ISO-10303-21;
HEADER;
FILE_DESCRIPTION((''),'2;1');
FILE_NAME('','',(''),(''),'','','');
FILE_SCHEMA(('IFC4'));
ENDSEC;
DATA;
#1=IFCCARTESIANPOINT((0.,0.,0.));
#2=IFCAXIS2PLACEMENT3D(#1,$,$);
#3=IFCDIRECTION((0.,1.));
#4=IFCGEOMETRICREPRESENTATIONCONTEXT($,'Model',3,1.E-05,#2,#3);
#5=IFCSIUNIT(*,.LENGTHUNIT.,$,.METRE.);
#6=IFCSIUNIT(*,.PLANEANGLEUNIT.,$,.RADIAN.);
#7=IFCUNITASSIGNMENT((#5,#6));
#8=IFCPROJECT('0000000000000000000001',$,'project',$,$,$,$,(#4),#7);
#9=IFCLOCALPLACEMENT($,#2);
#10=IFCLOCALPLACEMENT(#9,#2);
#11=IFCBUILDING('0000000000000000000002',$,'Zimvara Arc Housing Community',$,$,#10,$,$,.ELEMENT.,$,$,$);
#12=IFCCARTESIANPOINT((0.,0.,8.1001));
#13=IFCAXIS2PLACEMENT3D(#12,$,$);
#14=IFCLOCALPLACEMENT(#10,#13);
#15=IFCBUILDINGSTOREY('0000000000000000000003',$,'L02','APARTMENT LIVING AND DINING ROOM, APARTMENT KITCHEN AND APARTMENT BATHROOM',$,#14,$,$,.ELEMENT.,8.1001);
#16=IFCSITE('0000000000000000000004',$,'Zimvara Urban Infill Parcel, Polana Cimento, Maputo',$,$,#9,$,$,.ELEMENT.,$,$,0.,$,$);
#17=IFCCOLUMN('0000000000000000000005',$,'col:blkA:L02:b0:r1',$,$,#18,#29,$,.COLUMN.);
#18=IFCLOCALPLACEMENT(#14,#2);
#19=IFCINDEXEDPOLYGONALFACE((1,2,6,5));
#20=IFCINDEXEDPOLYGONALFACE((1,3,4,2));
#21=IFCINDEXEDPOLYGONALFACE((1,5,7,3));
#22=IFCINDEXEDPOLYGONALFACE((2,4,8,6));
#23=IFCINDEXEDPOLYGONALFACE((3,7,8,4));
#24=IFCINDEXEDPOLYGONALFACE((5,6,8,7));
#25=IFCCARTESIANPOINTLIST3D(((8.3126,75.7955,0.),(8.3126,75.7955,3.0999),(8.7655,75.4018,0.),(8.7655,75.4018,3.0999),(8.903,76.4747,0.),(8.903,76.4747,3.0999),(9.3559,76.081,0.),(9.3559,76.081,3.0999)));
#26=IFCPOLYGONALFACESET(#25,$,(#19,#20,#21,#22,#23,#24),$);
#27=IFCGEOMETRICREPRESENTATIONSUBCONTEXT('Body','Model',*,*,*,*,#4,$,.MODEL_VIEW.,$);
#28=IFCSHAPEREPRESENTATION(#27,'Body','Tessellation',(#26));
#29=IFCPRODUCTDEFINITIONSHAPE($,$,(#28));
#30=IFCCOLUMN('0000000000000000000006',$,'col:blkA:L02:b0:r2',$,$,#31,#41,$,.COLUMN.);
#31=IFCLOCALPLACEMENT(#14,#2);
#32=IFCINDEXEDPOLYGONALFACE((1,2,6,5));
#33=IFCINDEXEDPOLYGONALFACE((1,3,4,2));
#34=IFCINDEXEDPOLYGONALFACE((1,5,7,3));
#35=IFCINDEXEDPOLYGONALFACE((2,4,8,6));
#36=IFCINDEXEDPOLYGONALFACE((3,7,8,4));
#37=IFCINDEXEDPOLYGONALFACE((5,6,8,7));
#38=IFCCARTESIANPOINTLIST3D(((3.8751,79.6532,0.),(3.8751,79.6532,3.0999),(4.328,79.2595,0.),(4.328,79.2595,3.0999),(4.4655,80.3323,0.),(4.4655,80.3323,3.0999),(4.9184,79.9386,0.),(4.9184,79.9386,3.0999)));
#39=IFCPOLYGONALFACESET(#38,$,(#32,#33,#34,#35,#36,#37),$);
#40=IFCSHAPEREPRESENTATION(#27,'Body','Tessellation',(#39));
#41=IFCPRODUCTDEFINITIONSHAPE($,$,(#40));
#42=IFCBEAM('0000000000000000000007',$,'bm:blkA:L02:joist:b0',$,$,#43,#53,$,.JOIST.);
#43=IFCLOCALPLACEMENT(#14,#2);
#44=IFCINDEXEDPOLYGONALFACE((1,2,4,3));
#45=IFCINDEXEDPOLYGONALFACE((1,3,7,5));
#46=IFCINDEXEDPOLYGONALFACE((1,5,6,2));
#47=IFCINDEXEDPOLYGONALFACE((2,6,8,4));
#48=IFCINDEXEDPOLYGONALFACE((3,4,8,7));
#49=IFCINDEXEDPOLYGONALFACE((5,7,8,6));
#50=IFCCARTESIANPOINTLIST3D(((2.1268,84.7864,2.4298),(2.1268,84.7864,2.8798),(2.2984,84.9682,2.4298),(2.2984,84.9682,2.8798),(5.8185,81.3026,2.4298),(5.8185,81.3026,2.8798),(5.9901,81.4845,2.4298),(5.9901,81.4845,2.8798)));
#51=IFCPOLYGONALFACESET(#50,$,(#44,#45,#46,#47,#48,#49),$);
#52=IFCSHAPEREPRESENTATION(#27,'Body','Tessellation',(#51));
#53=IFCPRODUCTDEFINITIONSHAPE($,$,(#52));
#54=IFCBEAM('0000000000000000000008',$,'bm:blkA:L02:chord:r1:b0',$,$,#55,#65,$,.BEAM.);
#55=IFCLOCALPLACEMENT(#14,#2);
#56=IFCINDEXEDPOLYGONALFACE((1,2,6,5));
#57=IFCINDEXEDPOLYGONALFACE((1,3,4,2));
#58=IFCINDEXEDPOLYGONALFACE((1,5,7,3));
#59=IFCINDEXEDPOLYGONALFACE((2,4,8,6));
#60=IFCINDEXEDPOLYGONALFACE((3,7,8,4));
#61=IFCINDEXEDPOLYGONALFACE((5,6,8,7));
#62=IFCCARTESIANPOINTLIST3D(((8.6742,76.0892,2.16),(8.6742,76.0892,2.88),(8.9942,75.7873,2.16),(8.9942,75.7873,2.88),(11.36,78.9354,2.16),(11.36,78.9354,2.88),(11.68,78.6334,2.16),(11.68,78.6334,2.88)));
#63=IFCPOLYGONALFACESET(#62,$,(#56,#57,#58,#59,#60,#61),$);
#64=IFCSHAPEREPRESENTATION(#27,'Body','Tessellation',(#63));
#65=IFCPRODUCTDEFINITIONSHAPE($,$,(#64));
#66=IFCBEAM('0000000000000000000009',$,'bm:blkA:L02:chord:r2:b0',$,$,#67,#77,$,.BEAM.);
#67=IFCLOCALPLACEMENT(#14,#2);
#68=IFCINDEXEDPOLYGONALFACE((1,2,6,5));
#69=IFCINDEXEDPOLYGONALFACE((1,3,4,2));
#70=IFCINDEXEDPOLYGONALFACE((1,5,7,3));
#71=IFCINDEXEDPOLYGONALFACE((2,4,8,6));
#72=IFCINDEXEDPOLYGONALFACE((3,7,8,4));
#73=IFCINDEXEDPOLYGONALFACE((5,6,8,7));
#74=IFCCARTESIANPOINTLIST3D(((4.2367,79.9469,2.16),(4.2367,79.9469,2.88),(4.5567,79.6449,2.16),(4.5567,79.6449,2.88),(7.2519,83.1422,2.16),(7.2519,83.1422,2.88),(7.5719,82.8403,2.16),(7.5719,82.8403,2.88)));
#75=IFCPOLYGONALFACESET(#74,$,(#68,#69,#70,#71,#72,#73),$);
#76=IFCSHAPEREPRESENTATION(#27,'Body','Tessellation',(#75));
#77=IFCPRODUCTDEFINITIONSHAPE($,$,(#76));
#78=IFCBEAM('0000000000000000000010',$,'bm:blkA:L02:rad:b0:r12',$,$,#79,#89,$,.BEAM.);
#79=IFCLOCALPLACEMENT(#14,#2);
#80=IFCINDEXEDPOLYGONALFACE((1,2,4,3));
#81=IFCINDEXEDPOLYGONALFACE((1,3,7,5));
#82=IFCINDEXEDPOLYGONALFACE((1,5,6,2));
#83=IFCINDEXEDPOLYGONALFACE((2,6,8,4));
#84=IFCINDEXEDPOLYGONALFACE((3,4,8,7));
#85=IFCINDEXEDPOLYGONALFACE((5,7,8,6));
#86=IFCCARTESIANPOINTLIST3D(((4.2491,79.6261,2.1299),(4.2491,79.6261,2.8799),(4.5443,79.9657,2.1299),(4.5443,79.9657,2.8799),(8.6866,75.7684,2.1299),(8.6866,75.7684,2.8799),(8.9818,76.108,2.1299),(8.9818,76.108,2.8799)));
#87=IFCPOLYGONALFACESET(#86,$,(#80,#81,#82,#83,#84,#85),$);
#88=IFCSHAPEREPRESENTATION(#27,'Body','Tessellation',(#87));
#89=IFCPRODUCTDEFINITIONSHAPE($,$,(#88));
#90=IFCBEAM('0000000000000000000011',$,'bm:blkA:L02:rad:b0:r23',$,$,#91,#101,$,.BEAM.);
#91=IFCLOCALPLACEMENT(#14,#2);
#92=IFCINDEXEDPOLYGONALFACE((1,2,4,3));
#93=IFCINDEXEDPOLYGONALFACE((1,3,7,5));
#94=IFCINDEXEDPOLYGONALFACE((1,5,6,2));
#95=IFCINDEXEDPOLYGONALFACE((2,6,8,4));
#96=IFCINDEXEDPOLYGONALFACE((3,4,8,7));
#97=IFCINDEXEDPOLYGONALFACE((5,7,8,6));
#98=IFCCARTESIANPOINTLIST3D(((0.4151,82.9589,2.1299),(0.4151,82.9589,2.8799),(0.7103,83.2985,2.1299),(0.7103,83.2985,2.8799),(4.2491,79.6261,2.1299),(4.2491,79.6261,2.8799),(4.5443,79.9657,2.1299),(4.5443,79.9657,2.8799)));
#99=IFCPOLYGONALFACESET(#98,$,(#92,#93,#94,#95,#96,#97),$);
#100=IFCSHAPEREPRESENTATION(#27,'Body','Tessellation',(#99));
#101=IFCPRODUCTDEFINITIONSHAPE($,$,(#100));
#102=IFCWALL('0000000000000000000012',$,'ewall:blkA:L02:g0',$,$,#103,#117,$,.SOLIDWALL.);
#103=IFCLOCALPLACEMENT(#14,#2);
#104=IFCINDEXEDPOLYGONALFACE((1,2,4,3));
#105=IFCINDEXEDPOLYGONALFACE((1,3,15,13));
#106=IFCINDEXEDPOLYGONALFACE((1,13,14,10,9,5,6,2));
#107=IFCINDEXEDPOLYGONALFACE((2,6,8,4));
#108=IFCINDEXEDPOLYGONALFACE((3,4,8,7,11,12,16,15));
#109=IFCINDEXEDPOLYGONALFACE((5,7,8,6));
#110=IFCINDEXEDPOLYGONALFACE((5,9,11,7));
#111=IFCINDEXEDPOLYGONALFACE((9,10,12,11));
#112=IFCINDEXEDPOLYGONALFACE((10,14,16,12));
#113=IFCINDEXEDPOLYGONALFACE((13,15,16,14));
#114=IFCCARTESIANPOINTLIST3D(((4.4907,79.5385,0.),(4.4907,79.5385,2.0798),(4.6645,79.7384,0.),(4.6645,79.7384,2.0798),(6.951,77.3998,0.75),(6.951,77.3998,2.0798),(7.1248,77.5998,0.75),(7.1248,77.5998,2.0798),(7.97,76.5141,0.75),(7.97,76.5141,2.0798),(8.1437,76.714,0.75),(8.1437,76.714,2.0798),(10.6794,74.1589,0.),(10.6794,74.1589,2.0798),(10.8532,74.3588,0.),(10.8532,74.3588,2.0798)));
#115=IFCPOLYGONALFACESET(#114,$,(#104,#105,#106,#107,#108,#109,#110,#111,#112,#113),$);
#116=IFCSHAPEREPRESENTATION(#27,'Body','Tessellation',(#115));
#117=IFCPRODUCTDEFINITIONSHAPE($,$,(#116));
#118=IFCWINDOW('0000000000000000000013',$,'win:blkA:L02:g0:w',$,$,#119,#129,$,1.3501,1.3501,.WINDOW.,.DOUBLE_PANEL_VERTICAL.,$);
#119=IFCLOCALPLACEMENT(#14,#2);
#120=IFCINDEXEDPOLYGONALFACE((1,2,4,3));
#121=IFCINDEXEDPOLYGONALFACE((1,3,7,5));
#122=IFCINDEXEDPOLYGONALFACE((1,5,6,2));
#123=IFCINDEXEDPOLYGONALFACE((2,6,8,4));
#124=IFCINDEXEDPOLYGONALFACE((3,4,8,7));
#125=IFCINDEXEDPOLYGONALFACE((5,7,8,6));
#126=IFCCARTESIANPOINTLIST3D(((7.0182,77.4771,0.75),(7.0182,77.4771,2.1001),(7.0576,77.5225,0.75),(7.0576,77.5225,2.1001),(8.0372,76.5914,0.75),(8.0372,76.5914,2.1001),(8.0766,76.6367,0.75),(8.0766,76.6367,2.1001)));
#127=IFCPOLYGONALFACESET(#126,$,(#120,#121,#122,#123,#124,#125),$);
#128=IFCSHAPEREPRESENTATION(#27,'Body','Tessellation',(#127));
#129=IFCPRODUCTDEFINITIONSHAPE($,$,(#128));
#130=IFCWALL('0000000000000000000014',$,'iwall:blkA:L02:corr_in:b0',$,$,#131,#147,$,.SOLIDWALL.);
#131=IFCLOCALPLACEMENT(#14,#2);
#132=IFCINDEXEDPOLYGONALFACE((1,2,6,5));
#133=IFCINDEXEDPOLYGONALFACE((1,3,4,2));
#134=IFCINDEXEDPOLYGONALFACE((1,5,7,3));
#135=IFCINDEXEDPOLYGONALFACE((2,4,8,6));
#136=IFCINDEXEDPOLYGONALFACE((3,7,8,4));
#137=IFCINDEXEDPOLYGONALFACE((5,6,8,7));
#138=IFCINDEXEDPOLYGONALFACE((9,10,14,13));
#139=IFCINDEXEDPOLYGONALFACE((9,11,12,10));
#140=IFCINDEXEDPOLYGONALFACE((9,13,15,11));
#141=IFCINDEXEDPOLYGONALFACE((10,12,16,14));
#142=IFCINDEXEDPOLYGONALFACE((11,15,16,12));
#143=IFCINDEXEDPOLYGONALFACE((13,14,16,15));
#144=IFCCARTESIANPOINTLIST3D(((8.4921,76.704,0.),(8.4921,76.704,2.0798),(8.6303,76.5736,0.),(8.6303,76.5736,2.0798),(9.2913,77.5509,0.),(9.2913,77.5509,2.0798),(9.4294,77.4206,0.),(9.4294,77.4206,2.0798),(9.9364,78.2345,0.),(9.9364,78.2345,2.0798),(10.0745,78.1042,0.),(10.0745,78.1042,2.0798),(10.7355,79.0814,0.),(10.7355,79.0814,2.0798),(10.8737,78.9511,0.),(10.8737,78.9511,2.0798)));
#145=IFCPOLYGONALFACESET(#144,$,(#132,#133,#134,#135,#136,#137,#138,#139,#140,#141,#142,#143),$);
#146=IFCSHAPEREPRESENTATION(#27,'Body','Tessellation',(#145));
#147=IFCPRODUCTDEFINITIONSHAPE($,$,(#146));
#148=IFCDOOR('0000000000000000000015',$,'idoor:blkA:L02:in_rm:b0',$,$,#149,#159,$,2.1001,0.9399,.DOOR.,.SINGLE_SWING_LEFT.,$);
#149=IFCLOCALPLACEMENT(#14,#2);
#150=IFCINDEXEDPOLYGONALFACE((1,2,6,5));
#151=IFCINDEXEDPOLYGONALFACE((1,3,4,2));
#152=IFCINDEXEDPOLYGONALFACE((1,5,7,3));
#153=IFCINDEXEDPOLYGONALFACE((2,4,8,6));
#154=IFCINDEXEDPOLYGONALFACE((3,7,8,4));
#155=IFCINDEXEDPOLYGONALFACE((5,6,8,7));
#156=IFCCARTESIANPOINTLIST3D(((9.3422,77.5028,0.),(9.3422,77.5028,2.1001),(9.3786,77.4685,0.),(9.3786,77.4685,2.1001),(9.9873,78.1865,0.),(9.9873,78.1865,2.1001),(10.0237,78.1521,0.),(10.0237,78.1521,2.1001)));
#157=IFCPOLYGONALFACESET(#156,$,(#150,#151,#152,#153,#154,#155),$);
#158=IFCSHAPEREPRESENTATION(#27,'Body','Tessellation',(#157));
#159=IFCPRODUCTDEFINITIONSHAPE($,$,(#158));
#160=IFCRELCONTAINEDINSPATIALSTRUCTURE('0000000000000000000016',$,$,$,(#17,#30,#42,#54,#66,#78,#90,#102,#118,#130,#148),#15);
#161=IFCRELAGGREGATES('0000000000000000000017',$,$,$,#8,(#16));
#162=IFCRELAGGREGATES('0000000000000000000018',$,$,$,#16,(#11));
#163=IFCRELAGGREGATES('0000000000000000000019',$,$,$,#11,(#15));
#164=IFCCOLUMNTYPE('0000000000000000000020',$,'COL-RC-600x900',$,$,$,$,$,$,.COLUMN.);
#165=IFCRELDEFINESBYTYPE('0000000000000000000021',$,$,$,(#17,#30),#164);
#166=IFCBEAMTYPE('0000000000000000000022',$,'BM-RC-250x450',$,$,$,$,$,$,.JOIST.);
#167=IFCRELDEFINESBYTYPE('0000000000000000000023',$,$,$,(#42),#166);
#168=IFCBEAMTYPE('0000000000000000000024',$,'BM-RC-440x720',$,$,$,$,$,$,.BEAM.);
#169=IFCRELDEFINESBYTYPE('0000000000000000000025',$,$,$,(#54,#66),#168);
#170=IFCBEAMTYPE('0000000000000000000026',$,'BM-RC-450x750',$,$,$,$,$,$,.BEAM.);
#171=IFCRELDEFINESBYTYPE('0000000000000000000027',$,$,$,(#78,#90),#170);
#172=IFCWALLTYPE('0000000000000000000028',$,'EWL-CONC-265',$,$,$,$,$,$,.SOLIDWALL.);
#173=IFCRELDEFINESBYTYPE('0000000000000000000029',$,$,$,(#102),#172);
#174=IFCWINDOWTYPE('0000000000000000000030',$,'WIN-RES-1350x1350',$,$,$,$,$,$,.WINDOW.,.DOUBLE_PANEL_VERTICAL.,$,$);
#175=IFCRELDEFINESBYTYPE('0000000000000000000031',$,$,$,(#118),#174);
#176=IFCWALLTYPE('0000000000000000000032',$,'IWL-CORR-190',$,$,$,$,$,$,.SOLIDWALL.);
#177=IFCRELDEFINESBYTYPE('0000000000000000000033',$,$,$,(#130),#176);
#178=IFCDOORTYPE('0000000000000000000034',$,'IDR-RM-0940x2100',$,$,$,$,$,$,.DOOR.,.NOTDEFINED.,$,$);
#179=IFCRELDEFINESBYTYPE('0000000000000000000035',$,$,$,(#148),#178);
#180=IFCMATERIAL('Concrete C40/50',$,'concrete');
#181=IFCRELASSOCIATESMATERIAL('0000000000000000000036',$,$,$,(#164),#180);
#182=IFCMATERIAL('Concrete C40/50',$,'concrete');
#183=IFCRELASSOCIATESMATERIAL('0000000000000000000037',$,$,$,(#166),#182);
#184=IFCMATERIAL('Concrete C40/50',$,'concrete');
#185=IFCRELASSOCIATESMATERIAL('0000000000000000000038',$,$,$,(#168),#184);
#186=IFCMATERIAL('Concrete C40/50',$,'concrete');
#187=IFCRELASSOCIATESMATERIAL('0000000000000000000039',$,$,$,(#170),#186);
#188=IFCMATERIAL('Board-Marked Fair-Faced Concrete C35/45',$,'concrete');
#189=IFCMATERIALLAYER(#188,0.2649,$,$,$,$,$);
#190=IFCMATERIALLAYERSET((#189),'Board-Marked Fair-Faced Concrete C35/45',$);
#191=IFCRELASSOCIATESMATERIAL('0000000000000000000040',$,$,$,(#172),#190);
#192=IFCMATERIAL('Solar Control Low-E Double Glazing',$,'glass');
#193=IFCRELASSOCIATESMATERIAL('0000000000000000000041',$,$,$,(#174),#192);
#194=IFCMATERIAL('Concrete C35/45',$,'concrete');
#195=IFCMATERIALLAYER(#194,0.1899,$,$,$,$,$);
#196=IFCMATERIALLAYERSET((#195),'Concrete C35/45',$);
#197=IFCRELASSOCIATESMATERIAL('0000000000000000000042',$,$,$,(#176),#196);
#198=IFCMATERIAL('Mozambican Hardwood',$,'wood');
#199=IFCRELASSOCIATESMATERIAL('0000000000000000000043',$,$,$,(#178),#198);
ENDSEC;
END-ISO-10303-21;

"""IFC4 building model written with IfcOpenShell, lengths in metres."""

from ifc_helpers import new_model, si_unit, direction, frame, frame_2d, origin, origin_2d, place, context, subcontext, project, spatial, rectangle, extrude, material, layer, layer_set, material_profile, profile_set, type_object, element, fill, save


model = new_model("IFC4")

# Units and contexts
model_context = context("Model", 3, precision=1e-05, world=origin(), true_north=direction((0.0, 1.0)))
body_context = subcontext(model_context, "Body", "Model", "MODEL_VIEW")
ifc_project = project(units=[si_unit("LENGTHUNIT", "METRE"), si_unit("PLANEANGLEUNIT", "RADIAN")], contexts=[model_context])

# Site, building, storey
site_placement = place(None, origin())
site = spatial("IfcSite", under=ifc_project, at=site_placement, Name="Zimvara Urban Infill Parcel, Polana Cimento, Maputo", CompositionType="ELEMENT", RefElevation=0.0)
building_placement = place(site_placement, origin())
building = spatial("IfcBuilding", under=site, at=building_placement, Name="Zimvara Arc Housing Community", CompositionType="ELEMENT")
storey_placement = place(building_placement, frame((0.0, 0.0, 8.1001)))
storey = spatial("IfcBuildingStorey", under=building, at=storey_placement, Name="L02", Description="APARTMENT LIVING AND DINING ROOM, APARTMENT KITCHEN AND APARTMENT BATHROOM", CompositionType="ELEMENT", Elevation=8.1001)

# Columns
ifc_material_1 = material(Name="Concrete C40/50", Category="concrete")
ifc_material_profile_1 = material_profile(ifc_material_1, rectangle(XDim=0.6001, YDim=0.8999, at=origin_2d()), Name="RC 600x900")
ifc_profile_set_1 = profile_set([ifc_material_profile_1], Name="Concrete C40/50")
column_type = type_object("IfcColumnType", Name="COL-RC-600x900", PredefinedType="COLUMN", material=ifc_profile_set_1)
for number, where, z_axis, x_axis, name in (
    (1, (8.8342, 75.9382, 0.0), (0.0, 0.0, 1.0), (-0.75471, 0.656059, 0.0), "col:blkA:L02:b0:r1"),
    (2, (4.3967, 79.7959, 0.0), (0.0, 0.0, 1.0), (-0.75471, 0.656059, 0.0), "col:blkA:L02:b0:r2"),
):
    element("IfcColumn", number, at=place(storey_placement, frame(where, z_axis=z_axis, x_axis=x_axis)), inside=storey, type_object=column_type, Name=name, PredefinedType="COLUMN", context=body_context, shape_type="SweptSolid", body=[
        extrude(rectangle(XDim=0.6001, YDim=0.8999, at=origin_2d()), origin(), (0.0, 0.0, 1.0), 3.0999),
    ])

# Beams
ifc_material_2 = material(Name="Concrete C40/50", Category="concrete")
ifc_material_profile_2 = material_profile(ifc_material_2, rectangle(XDim=0.25, YDim=0.45, at=origin_2d()), Name="RC 250x450")
ifc_profile_set_2 = profile_set([ifc_material_profile_2], Name="Concrete C40/50")
beam_type_1 = type_object("IfcBeamType", Name="BM-RC-250x450", PredefinedType="JOIST", material=ifc_profile_set_2)
beam_1_placement = place(storey_placement, frame((5.9043, 81.3936, 2.6548), z_axis=(-0.7273, 0.68632, 0.0), x_axis=(-0.68632, -0.7273, 0.0)))
element("IfcBeam", 3, at=beam_1_placement, inside=storey, type_object=beam_type_1, Name="bm:blkA:L02:joist:b0", PredefinedType="JOIST", context=body_context, shape_type="SweptSolid", body=[
    extrude(rectangle(XDim=0.25, YDim=0.45, at=origin_2d()), origin(), (0.0, 0.0, 1.0), 5.0759),
])
ifc_material_3 = material(Name="Concrete C40/50", Category="concrete")
ifc_material_profile_3 = material_profile(ifc_material_3, rectangle(XDim=0.4399, YDim=0.72, at=origin_2d()), Name="RC 440x720")
ifc_profile_set_3 = profile_set([ifc_material_profile_3], Name="Concrete C40/50")
beam_type_2 = type_object("IfcBeamType", Name="BM-RC-440x720", PredefinedType="BEAM", material=ifc_profile_set_3)
beam_2_placement = place(storey_placement, frame((8.8342, 75.9382, 2.52), z_axis=(0.686316, 0.727304, 0.0), x_axis=(-0.727304, 0.686316, 0.0)))
element("IfcBeam", 4, at=beam_2_placement, inside=storey, type_object=beam_type_2, Name="bm:blkA:L02:chord:r1:b0", PredefinedType="BEAM", context=body_context, shape_type="SweptSolid", body=[
    extrude(rectangle(XDim=0.4399, YDim=0.72, at=origin_2d()), origin(), (0.0, 0.0, 1.0), 3.9133),
])
beam_3_placement = place(storey_placement, frame((4.3967, 79.7959, 2.52), z_axis=(0.686304, 0.727315, 0.0), x_axis=(-0.727315, 0.686304, 0.0)))
element("IfcBeam", 5, at=beam_3_placement, inside=storey, type_object=beam_type_2, Name="bm:blkA:L02:chord:r2:b0", PredefinedType="BEAM", context=body_context, shape_type="SweptSolid", body=[
    extrude(rectangle(XDim=0.4399, YDim=0.72, at=origin_2d()), origin(), (0.0, 0.0, 1.0), 4.3933),
])
ifc_material_4 = material(Name="Concrete C40/50", Category="concrete")
ifc_material_profile_4 = material_profile(ifc_material_4, rectangle(XDim=0.45, YDim=0.75, at=origin_2d()), Name="RC 450x750")
ifc_profile_set_4 = profile_set([ifc_material_profile_4], Name="Concrete C40/50")
beam_type_3 = type_object("IfcBeamType", Name="BM-RC-450x750", PredefinedType="BEAM", material=ifc_profile_set_4)
beam_4_placement = place(storey_placement, frame((8.8342, 75.9382, 2.5049), z_axis=(-0.754692, 0.656079, 0.0), x_axis=(-0.656079, -0.754692, 0.0)))
element("IfcBeam", 6, at=beam_4_placement, inside=storey, type_object=beam_type_3, Name="bm:blkA:L02:rad:b0:r12", PredefinedType="BEAM", context=body_context, shape_type="SweptSolid", body=[
    extrude(rectangle(XDim=0.45, YDim=0.75, at=origin_2d()), origin(), (0.0, 0.0, 1.0), 5.8799),
])
beam_5_placement = place(storey_placement, frame((4.3967, 79.7959, 2.5049), z_axis=(-0.754716, 0.656051, 0.0), x_axis=(-0.656051, -0.754716, 0.0)))
element("IfcBeam", 7, at=beam_5_placement, inside=storey, type_object=beam_type_3, Name="bm:blkA:L02:rad:b0:r23", PredefinedType="BEAM", context=body_context, shape_type="SweptSolid", body=[
    extrude(rectangle(XDim=0.45, YDim=0.75, at=origin_2d()), origin(), (0.0, 0.0, 1.0), 5.0801),
])

# Wall, opening, window
ifc_material_5 = material(Name="Board-Marked Fair-Faced Concrete C35/45", Category="concrete")
ifc_layer_1 = layer(ifc_material_5, 0.2649)
ifc_layer_set_1 = layer_set([ifc_layer_1], Name="Board-Marked Fair-Faced Concrete C35/45")
wall_type_1 = type_object("IfcWallType", Name="EWL-CONC-265", PredefinedType="SOLIDWALL", material=ifc_layer_set_1)
wall_1_placement = place(storey_placement, frame((10.7664, 74.2588, 0.0), z_axis=(0.0, 0.0, 1.0), x_axis=(-0.754718, 0.65605, 0.0)))
wall_1 = element("IfcWall", 8, at=wall_1_placement, inside=storey, type_object=wall_type_1, Name="ewall:blkA:L02:g0", PredefinedType="SOLIDWALL", context=body_context, shape_type="SweptSolid", body=[
    extrude(rectangle(XDim=8.2, YDim=0.2649, at=frame_2d((4.1001, 0.0))), origin(), (0.0, 0.0, 1.0), 2.0798),
])
opening_1_placement = place(wall_1_placement, frame((3.5901, 0.0, 0.75)))
opening_1 = element("IfcOpeningElement", 9, at=opening_1_placement, cuts=wall_1, PredefinedType="OPENING", context=body_context, shape_type="SweptSolid", body=[
    extrude(rectangle(XDim=1.3501, YDim=1.3501, at=frame_2d((0.675, 0.675))), frame((0.0, 0.1423, 0.0), z_axis=(0.0, -1.0, 0.0), x_axis=(1.0, 0.0, 0.0)), (0.0, 0.0, 1.0), 0.2849),
])
ifc_material_6 = material(Name="Solar Control Low-E Double Glazing", Category="glass")
window_type = type_object("IfcWindowType", Name="WIN-RES-1350x1350", PartitioningType="DOUBLE_PANEL_VERTICAL", PredefinedType="WINDOW", material=ifc_material_6)
window_placement = place(opening_1_placement, origin())
window = element("IfcWindow", 10, at=window_placement, inside=storey, type_object=window_type, Name="win:blkA:L02:g0:w", OverallHeight=1.3501, OverallWidth=1.3501, PartitioningType="DOUBLE_PANEL_VERTICAL", PredefinedType="WINDOW", context=body_context, shape_type="SweptSolid", body=[
    extrude(rectangle(XDim=1.3501, YDim=1.3501, at=frame_2d((0.675, 0.675))), frame((0.0, 0.03, 0.0), z_axis=(0.0, -1.0, 0.0), x_axis=(1.0, 0.0, 0.0)), (0.0, 0.0, 1.0), 0.0601),
])
fill(opening_1, window)

# Wall, opening, door
ifc_material_7 = material(Name="Concrete C35/45", Category="concrete")
ifc_layer_2 = layer(ifc_material_7, 0.1899)
ifc_layer_set_2 = layer_set([ifc_layer_2], Name="Concrete C35/45")
wall_type_2 = type_object("IfcWallType", Name="IWL-CORR-190", PredefinedType="SOLIDWALL", material=ifc_layer_set_2)
wall_2_placement = place(storey_placement, frame((8.5613, 76.6389, 0.0), z_axis=(0.0, 0.0, 1.0), x_axis=(0.686308, 0.727311, 0.0)))
wall_2 = element("IfcWall", 11, at=wall_2_placement, inside=storey, type_object=wall_type_2, Name="iwall:blkA:L02:corr_in:b0", PredefinedType="SOLIDWALL", context=body_context, shape_type="SweptSolid", body=[
    extrude(rectangle(XDim=3.2688, YDim=0.1899, at=frame_2d((1.6343, 0.0))), origin(), (0.0, 0.0, 1.0), 2.0798),
])
opening_2_placement = place(wall_2_placement, frame((1.1643, 0.0, 0.0)))
opening_2 = element("IfcOpeningElement", 12, at=opening_2_placement, cuts=wall_2, PredefinedType="OPENING", context=body_context, shape_type="SweptSolid", body=[
    extrude(rectangle(XDim=0.9399, YDim=2.1001, at=frame_2d((0.47, 1.05))), frame((0.0, 0.105, 0.0), z_axis=(0.0, -1.0, 0.0), x_axis=(1.0, 0.0, 0.0)), (0.0, 0.0, 1.0), 0.21),
])
ifc_material_8 = material(Name="Mozambican Hardwood", Category="wood")
door_type_1 = type_object("IfcDoorType", Name="IDR-RM-0940x2100", OperationType="NOTDEFINED", PredefinedType="DOOR", material=ifc_material_8)
door_1_placement = place(opening_2_placement, origin())
door_1 = element("IfcDoor", 13, at=door_1_placement, inside=storey, type_object=door_type_1, Name="idoor:blkA:L02:in_rm:b0", OperationType="SINGLE_SWING_LEFT", OverallHeight=2.1001, OverallWidth=0.9399, PredefinedType="DOOR", context=body_context, shape_type="SweptSolid", body=[
    extrude(rectangle(XDim=0.9399, YDim=2.1001, at=frame_2d((0.47, 1.05))), frame((0.0, 0.0249, 0.0), z_axis=(0.0, -1.0, 0.0), x_axis=(1.0, 0.0, 0.0)), (0.0, 0.0, 1.0), 0.05),
])
fill(opening_2, door_1)

save(model, "model.ifc")
